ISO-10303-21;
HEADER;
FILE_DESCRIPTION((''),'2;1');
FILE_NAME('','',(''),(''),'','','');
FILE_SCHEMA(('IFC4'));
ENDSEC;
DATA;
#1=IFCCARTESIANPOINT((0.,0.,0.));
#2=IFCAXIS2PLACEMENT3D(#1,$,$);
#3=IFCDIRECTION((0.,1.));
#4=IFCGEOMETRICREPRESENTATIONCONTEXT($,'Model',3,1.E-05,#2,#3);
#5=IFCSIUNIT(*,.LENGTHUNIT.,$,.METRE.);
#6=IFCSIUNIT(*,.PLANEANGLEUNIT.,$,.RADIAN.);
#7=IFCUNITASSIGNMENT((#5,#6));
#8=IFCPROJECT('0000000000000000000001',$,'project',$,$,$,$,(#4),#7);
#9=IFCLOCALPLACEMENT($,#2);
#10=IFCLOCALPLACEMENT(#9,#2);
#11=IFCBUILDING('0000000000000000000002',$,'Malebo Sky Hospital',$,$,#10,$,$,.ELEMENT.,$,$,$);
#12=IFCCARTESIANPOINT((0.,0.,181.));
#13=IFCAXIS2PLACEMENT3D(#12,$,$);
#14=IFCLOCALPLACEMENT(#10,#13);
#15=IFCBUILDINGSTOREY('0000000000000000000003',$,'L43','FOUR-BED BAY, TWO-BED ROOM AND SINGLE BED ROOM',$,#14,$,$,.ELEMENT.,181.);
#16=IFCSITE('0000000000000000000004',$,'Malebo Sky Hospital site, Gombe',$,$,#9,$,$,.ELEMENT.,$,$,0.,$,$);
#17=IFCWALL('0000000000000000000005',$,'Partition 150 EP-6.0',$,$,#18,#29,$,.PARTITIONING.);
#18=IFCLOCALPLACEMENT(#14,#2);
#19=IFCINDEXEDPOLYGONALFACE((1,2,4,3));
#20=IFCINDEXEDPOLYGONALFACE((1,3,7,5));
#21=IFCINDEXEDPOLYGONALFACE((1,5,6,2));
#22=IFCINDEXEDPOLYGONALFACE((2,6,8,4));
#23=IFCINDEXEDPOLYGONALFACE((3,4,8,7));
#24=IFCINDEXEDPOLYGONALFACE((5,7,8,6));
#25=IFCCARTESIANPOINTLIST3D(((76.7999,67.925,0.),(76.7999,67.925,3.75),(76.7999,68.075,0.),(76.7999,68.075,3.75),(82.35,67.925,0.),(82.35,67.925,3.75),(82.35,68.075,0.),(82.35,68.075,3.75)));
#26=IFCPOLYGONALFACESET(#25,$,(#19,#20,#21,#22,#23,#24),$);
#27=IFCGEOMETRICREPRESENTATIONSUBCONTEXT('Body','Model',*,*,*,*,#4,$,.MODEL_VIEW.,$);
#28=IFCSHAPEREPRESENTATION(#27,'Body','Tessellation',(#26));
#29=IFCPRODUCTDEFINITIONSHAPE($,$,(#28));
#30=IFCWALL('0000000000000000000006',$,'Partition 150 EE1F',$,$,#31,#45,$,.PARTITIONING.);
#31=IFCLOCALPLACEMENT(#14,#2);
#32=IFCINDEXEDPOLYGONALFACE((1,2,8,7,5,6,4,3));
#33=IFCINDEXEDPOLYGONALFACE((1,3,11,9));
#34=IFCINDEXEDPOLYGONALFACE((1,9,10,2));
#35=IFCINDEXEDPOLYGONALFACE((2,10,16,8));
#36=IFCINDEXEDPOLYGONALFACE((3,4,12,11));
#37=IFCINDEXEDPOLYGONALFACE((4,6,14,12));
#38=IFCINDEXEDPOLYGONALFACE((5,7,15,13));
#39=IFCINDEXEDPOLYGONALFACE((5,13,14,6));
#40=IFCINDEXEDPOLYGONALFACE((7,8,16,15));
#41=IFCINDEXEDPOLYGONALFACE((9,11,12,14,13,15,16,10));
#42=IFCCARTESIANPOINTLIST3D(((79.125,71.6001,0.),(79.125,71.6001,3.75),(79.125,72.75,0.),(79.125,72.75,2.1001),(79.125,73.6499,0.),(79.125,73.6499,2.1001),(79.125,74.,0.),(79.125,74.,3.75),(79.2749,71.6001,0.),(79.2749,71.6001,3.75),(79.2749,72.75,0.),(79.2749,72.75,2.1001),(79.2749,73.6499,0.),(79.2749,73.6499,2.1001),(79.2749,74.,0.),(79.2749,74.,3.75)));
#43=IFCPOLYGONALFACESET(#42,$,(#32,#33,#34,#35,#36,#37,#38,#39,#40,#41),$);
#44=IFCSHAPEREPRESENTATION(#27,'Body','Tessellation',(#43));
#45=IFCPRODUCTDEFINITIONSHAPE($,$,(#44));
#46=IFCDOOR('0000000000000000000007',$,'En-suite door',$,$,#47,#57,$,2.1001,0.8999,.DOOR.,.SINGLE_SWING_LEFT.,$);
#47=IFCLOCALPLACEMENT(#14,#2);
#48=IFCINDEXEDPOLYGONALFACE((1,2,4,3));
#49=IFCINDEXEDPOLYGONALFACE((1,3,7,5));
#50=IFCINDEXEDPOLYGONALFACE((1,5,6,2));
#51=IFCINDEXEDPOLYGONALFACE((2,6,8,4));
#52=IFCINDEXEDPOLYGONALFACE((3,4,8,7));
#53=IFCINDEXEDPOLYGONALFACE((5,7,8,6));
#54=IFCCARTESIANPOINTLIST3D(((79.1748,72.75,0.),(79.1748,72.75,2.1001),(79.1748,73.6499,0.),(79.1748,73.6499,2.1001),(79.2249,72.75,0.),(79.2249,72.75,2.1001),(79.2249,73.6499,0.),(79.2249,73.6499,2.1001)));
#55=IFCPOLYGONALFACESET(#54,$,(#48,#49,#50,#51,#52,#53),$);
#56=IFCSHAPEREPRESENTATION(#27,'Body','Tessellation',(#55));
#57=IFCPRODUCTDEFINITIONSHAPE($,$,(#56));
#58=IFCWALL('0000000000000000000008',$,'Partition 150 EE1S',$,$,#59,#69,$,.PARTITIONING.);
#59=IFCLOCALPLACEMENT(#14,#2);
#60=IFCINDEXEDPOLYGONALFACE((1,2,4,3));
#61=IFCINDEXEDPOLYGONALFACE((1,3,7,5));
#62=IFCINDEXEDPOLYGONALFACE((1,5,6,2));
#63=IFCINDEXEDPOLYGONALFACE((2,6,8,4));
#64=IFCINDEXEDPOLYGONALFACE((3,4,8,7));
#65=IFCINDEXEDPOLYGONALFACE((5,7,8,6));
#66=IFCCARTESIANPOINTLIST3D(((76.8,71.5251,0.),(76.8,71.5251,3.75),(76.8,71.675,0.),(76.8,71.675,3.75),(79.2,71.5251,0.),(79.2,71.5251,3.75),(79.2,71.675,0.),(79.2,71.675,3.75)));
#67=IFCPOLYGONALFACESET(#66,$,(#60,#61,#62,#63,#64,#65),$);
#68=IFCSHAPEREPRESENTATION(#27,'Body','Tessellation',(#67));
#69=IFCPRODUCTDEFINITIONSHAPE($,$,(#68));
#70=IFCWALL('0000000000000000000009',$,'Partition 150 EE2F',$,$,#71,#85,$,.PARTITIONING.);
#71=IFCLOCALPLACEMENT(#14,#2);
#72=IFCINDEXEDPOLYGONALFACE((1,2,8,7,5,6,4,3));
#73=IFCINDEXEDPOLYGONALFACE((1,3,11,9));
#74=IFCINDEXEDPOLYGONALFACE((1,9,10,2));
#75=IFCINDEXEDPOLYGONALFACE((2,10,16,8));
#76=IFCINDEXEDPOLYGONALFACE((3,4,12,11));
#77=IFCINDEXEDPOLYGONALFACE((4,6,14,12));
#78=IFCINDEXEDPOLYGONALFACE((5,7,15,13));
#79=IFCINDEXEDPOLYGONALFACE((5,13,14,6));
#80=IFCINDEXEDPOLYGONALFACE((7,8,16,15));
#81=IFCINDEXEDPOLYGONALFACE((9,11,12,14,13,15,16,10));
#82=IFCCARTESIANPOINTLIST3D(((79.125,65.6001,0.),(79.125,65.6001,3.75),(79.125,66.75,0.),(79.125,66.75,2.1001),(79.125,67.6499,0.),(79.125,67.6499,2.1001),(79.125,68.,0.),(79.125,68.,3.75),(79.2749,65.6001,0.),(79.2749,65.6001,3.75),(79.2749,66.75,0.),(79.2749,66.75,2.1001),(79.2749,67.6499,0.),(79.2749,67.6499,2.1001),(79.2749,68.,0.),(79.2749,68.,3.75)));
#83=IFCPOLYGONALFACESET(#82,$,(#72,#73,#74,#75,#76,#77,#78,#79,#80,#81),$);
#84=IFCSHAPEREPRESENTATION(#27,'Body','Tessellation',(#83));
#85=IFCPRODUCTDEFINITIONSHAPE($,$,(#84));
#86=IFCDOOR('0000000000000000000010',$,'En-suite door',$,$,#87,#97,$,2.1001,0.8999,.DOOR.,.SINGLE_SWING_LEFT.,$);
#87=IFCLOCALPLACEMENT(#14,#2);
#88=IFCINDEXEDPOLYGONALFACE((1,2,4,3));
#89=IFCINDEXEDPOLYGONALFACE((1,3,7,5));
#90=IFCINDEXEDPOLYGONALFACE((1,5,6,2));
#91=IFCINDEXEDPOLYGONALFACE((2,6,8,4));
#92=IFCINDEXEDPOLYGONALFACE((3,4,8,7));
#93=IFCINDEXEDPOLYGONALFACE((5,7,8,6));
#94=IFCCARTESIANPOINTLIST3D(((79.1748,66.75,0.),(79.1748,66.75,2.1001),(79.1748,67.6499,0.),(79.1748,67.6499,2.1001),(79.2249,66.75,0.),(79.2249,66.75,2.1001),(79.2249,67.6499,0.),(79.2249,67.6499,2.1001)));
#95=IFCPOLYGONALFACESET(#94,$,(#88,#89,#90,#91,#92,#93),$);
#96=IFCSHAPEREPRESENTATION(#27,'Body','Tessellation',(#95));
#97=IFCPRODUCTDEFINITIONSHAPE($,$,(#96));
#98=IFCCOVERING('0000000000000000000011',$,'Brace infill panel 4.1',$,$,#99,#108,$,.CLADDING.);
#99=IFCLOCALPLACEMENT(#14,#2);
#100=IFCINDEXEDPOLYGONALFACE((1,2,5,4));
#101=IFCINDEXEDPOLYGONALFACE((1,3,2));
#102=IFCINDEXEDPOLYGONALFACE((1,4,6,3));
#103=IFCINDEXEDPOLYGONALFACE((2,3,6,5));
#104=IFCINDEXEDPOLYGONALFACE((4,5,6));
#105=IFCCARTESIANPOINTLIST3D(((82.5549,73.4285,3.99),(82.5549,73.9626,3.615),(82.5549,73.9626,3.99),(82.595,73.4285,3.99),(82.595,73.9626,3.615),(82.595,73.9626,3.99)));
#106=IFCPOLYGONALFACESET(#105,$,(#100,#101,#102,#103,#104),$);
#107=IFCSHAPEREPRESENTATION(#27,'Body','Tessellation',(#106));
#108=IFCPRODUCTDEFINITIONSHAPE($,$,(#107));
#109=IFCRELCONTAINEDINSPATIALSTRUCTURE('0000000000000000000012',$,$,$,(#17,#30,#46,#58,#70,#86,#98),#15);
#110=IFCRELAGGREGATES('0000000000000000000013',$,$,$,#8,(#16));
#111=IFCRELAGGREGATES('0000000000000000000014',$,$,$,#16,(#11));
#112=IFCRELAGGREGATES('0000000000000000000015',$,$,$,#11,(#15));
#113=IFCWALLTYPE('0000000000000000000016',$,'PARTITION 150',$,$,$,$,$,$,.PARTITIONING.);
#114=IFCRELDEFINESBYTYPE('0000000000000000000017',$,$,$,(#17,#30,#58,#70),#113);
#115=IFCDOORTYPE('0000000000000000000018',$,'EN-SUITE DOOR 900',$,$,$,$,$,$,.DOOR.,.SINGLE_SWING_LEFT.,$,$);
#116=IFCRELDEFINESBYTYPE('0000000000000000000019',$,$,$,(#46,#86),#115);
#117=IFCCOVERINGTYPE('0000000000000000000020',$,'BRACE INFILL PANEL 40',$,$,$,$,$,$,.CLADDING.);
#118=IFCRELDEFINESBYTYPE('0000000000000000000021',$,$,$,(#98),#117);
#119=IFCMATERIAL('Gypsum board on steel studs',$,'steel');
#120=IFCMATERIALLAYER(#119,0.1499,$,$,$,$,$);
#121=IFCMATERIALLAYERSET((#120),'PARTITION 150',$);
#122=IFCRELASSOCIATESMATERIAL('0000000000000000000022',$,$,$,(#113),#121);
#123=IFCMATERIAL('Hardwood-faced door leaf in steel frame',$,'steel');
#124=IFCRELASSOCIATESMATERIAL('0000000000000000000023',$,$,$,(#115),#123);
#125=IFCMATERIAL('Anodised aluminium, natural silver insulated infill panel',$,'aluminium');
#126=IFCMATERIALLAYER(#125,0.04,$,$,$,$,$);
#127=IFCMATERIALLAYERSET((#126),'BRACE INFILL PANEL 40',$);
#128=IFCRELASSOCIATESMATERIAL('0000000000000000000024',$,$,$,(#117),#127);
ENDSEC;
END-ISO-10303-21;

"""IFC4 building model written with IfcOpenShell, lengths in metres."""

from ifc_helpers import new_model, si_unit, direction, frame, frame_2d, origin, place, context, subcontext, project, spatial, polyline, rectangle, outline, extrude, material, layer, layer_set, type_object, element, fill, save


model = new_model("IFC4")

# Units and contexts
model_context = context("Model", 3, precision=1e-05, world=origin(), true_north=direction((0.0, 1.0)))
body_context = subcontext(model_context, "Body", "Model", "MODEL_VIEW")
ifc_project = project(units=[si_unit("LENGTHUNIT", "METRE"), si_unit("PLANEANGLEUNIT", "RADIAN")], contexts=[model_context])

# Site, building, storey
site_placement = place(None, origin())
site = spatial("IfcSite", under=ifc_project, at=site_placement, Name="Malebo Sky Hospital site, Gombe", CompositionType="ELEMENT", RefElevation=0.0)
building_placement = place(site_placement, origin())
building = spatial("IfcBuilding", under=site, at=building_placement, Name="Malebo Sky Hospital", CompositionType="ELEMENT")
storey_placement = place(building_placement, frame((0.0, 0.0, 181.0)))
storey = spatial("IfcBuildingStorey", under=building, at=storey_placement, Name="L43", Description="FOUR-BED BAY, TWO-BED ROOM AND SINGLE BED ROOM", CompositionType="ELEMENT", Elevation=181.0)

# Shared definitions
ifc_material_1 = material(Name="Gypsum board on steel studs", Category="steel")
ifc_material_2 = material(Name="Hardwood-faced door leaf in steel frame", Category="steel")

# Wall
ifc_layer_1 = layer(ifc_material_1, 0.1499)
ifc_layer_set_1 = layer_set([ifc_layer_1], Name="PARTITION 150")
wall_type_1 = type_object("IfcWallType", Name="PARTITION 150", PredefinedType="PARTITIONING", material=ifc_layer_set_1)
for number, where, z_axis, x_axis, name in (
    (1, (76.8, 68.0, 0.0), (0.0, 0.0, 1.0), (1.0, 0.0, 0.0), "Partition 150 EP-6.0"),
):
    element("IfcWall", number, at=place(storey_placement, frame(where, z_axis=z_axis, x_axis=x_axis)), inside=storey, type_object=wall_type_1, Name=name, PredefinedType="PARTITIONING", context=body_context, shape_type="SweptSolid", body=[
        extrude(rectangle(XDim=5.55, YDim=0.1499, at=frame_2d((2.7749, 0.0))), origin(), (0.0, 0.0, 1.0), 3.75),
    ])

# Wall, opening, door
wall_1_placement = place(storey_placement, frame((79.2, 74.0, 0.0), z_axis=(0.0, 0.0, 1.0), x_axis=(0.0, -1.0, 0.0)))
wall_1 = element("IfcWall", 2, at=wall_1_placement, inside=storey, type_object=wall_type_1, Name="Partition 150 EE1F", PredefinedType="PARTITIONING", context=body_context, shape_type="SweptSolid", body=[
    extrude(rectangle(XDim=2.3999, YDim=0.1499, at=frame_2d((1.2, 0.0))), origin(), (0.0, 0.0, 1.0), 3.75),
])
opening_1_placement = place(wall_1_placement, frame((0.3501, 0.0, 0.0)))
opening_1 = element("IfcOpeningElement", 3, at=opening_1_placement, cuts=wall_1, PredefinedType="OPENING", context=body_context, shape_type="SweptSolid", body=[
    extrude(rectangle(XDim=0.8999, YDim=2.1001, at=frame_2d((0.45, 1.05))), frame((0.0, 0.085, 0.0), z_axis=(0.0, -1.0, 0.0), x_axis=(1.0, 0.0, 0.0)), (0.0, 0.0, 1.0), 0.1699),
])
door_type_1 = type_object("IfcDoorType", Name="EN-SUITE DOOR 900", OperationType="SINGLE_SWING_LEFT", PredefinedType="DOOR", material=ifc_material_2)
door_1_placement = place(opening_1_placement, origin())
door_1 = element("IfcDoor", 4, at=door_1_placement, inside=storey, type_object=door_type_1, Name="En-suite door", OperationType="SINGLE_SWING_LEFT", OverallHeight=2.1001, OverallWidth=0.8999, PredefinedType="DOOR", context=body_context, shape_type="SweptSolid", body=[
    extrude(rectangle(XDim=0.8999, YDim=2.1001, at=frame_2d((0.45, 1.05))), frame((0.0, 0.0249, 0.0), z_axis=(0.0, -1.0, 0.0), x_axis=(1.0, 0.0, 0.0)), (0.0, 0.0, 1.0), 0.05),
])
fill(opening_1, door_1)

# Wall
wall_2_placement = place(storey_placement, frame((76.8, 71.6001, 0.0), z_axis=(0.0, 0.0, 1.0), x_axis=(1.0, 0.0, 0.0)))
element("IfcWall", 5, at=wall_2_placement, inside=storey, type_object=wall_type_1, Name="Partition 150 EE1S", PredefinedType="PARTITIONING", context=body_context, shape_type="SweptSolid", body=[
    extrude(rectangle(XDim=2.3999, YDim=0.1499, at=frame_2d((1.2, 0.0))), origin(), (0.0, 0.0, 1.0), 3.75),
])

# Wall, opening, door
wall_3_placement = place(storey_placement, frame((79.2, 68.0, 0.0), z_axis=(0.0, 0.0, 1.0), x_axis=(0.0, -1.0, 0.0)))
wall_3 = element("IfcWall", 6, at=wall_3_placement, inside=storey, type_object=wall_type_1, Name="Partition 150 EE2F", PredefinedType="PARTITIONING", context=body_context, shape_type="SweptSolid", body=[
    extrude(rectangle(XDim=2.3999, YDim=0.1499, at=frame_2d((1.2, 0.0))), origin(), (0.0, 0.0, 1.0), 3.75),
])
opening_2_placement = place(wall_3_placement, frame((0.3501, 0.0, 0.0)))
opening_2 = element("IfcOpeningElement", 7, at=opening_2_placement, cuts=wall_3, PredefinedType="OPENING", context=body_context, shape_type="SweptSolid", body=[
    extrude(rectangle(XDim=0.8999, YDim=2.1001, at=frame_2d((0.45, 1.05))), frame((0.0, 0.085, 0.0), z_axis=(0.0, -1.0, 0.0), x_axis=(1.0, 0.0, 0.0)), (0.0, 0.0, 1.0), 0.1699),
])
door_2_placement = place(opening_2_placement, origin())
door_2 = element("IfcDoor", 8, at=door_2_placement, inside=storey, type_object=door_type_1, Name="En-suite door", OperationType="SINGLE_SWING_LEFT", OverallHeight=2.1001, OverallWidth=0.8999, PredefinedType="DOOR", context=body_context, shape_type="SweptSolid", body=[
    extrude(rectangle(XDim=0.8999, YDim=2.1001, at=frame_2d((0.45, 1.05))), frame((0.0, 0.0249, 0.0), z_axis=(0.0, -1.0, 0.0), x_axis=(1.0, 0.0, 0.0)), (0.0, 0.0, 1.0), 0.05),
])
fill(opening_2, door_2)

# Covering
ifc_material_3 = material(Name="Anodised aluminium, natural silver insulated infill panel", Category="aluminium")
ifc_layer_2 = layer(ifc_material_3, 0.04)
ifc_layer_set_2 = layer_set([ifc_layer_2], Name="BRACE INFILL PANEL 40")
covering_type = type_object("IfcCoveringType", Name="BRACE INFILL PANEL 40", PredefinedType="CLADDING", material=ifc_layer_set_2)
covering_placement = place(storey_placement, frame((82.575, 73.6956, 3.615), z_axis=(0.0, 0.0, 1.0), x_axis=(0.0, -1.0, 0.0)))
element("IfcCovering", 9, at=covering_placement, inside=storey, type_object=covering_type, Name="Brace infill panel 4.1", PredefinedType="CLADDING", context=body_context, shape_type="SweptSolid", body=[
    extrude(outline(polyline([(-0.2671, 0.0), (0.2671, 0.375), (-0.2671, 0.375), (-0.2671, 0.0)])), frame((0.0, 0.02, 0.0), z_axis=(0.0, -1.0, 0.0), x_axis=(1.0, 0.0, 0.0)), (0.0, 0.0, 1.0), 0.04),
])

save(model, "model.ifc")
